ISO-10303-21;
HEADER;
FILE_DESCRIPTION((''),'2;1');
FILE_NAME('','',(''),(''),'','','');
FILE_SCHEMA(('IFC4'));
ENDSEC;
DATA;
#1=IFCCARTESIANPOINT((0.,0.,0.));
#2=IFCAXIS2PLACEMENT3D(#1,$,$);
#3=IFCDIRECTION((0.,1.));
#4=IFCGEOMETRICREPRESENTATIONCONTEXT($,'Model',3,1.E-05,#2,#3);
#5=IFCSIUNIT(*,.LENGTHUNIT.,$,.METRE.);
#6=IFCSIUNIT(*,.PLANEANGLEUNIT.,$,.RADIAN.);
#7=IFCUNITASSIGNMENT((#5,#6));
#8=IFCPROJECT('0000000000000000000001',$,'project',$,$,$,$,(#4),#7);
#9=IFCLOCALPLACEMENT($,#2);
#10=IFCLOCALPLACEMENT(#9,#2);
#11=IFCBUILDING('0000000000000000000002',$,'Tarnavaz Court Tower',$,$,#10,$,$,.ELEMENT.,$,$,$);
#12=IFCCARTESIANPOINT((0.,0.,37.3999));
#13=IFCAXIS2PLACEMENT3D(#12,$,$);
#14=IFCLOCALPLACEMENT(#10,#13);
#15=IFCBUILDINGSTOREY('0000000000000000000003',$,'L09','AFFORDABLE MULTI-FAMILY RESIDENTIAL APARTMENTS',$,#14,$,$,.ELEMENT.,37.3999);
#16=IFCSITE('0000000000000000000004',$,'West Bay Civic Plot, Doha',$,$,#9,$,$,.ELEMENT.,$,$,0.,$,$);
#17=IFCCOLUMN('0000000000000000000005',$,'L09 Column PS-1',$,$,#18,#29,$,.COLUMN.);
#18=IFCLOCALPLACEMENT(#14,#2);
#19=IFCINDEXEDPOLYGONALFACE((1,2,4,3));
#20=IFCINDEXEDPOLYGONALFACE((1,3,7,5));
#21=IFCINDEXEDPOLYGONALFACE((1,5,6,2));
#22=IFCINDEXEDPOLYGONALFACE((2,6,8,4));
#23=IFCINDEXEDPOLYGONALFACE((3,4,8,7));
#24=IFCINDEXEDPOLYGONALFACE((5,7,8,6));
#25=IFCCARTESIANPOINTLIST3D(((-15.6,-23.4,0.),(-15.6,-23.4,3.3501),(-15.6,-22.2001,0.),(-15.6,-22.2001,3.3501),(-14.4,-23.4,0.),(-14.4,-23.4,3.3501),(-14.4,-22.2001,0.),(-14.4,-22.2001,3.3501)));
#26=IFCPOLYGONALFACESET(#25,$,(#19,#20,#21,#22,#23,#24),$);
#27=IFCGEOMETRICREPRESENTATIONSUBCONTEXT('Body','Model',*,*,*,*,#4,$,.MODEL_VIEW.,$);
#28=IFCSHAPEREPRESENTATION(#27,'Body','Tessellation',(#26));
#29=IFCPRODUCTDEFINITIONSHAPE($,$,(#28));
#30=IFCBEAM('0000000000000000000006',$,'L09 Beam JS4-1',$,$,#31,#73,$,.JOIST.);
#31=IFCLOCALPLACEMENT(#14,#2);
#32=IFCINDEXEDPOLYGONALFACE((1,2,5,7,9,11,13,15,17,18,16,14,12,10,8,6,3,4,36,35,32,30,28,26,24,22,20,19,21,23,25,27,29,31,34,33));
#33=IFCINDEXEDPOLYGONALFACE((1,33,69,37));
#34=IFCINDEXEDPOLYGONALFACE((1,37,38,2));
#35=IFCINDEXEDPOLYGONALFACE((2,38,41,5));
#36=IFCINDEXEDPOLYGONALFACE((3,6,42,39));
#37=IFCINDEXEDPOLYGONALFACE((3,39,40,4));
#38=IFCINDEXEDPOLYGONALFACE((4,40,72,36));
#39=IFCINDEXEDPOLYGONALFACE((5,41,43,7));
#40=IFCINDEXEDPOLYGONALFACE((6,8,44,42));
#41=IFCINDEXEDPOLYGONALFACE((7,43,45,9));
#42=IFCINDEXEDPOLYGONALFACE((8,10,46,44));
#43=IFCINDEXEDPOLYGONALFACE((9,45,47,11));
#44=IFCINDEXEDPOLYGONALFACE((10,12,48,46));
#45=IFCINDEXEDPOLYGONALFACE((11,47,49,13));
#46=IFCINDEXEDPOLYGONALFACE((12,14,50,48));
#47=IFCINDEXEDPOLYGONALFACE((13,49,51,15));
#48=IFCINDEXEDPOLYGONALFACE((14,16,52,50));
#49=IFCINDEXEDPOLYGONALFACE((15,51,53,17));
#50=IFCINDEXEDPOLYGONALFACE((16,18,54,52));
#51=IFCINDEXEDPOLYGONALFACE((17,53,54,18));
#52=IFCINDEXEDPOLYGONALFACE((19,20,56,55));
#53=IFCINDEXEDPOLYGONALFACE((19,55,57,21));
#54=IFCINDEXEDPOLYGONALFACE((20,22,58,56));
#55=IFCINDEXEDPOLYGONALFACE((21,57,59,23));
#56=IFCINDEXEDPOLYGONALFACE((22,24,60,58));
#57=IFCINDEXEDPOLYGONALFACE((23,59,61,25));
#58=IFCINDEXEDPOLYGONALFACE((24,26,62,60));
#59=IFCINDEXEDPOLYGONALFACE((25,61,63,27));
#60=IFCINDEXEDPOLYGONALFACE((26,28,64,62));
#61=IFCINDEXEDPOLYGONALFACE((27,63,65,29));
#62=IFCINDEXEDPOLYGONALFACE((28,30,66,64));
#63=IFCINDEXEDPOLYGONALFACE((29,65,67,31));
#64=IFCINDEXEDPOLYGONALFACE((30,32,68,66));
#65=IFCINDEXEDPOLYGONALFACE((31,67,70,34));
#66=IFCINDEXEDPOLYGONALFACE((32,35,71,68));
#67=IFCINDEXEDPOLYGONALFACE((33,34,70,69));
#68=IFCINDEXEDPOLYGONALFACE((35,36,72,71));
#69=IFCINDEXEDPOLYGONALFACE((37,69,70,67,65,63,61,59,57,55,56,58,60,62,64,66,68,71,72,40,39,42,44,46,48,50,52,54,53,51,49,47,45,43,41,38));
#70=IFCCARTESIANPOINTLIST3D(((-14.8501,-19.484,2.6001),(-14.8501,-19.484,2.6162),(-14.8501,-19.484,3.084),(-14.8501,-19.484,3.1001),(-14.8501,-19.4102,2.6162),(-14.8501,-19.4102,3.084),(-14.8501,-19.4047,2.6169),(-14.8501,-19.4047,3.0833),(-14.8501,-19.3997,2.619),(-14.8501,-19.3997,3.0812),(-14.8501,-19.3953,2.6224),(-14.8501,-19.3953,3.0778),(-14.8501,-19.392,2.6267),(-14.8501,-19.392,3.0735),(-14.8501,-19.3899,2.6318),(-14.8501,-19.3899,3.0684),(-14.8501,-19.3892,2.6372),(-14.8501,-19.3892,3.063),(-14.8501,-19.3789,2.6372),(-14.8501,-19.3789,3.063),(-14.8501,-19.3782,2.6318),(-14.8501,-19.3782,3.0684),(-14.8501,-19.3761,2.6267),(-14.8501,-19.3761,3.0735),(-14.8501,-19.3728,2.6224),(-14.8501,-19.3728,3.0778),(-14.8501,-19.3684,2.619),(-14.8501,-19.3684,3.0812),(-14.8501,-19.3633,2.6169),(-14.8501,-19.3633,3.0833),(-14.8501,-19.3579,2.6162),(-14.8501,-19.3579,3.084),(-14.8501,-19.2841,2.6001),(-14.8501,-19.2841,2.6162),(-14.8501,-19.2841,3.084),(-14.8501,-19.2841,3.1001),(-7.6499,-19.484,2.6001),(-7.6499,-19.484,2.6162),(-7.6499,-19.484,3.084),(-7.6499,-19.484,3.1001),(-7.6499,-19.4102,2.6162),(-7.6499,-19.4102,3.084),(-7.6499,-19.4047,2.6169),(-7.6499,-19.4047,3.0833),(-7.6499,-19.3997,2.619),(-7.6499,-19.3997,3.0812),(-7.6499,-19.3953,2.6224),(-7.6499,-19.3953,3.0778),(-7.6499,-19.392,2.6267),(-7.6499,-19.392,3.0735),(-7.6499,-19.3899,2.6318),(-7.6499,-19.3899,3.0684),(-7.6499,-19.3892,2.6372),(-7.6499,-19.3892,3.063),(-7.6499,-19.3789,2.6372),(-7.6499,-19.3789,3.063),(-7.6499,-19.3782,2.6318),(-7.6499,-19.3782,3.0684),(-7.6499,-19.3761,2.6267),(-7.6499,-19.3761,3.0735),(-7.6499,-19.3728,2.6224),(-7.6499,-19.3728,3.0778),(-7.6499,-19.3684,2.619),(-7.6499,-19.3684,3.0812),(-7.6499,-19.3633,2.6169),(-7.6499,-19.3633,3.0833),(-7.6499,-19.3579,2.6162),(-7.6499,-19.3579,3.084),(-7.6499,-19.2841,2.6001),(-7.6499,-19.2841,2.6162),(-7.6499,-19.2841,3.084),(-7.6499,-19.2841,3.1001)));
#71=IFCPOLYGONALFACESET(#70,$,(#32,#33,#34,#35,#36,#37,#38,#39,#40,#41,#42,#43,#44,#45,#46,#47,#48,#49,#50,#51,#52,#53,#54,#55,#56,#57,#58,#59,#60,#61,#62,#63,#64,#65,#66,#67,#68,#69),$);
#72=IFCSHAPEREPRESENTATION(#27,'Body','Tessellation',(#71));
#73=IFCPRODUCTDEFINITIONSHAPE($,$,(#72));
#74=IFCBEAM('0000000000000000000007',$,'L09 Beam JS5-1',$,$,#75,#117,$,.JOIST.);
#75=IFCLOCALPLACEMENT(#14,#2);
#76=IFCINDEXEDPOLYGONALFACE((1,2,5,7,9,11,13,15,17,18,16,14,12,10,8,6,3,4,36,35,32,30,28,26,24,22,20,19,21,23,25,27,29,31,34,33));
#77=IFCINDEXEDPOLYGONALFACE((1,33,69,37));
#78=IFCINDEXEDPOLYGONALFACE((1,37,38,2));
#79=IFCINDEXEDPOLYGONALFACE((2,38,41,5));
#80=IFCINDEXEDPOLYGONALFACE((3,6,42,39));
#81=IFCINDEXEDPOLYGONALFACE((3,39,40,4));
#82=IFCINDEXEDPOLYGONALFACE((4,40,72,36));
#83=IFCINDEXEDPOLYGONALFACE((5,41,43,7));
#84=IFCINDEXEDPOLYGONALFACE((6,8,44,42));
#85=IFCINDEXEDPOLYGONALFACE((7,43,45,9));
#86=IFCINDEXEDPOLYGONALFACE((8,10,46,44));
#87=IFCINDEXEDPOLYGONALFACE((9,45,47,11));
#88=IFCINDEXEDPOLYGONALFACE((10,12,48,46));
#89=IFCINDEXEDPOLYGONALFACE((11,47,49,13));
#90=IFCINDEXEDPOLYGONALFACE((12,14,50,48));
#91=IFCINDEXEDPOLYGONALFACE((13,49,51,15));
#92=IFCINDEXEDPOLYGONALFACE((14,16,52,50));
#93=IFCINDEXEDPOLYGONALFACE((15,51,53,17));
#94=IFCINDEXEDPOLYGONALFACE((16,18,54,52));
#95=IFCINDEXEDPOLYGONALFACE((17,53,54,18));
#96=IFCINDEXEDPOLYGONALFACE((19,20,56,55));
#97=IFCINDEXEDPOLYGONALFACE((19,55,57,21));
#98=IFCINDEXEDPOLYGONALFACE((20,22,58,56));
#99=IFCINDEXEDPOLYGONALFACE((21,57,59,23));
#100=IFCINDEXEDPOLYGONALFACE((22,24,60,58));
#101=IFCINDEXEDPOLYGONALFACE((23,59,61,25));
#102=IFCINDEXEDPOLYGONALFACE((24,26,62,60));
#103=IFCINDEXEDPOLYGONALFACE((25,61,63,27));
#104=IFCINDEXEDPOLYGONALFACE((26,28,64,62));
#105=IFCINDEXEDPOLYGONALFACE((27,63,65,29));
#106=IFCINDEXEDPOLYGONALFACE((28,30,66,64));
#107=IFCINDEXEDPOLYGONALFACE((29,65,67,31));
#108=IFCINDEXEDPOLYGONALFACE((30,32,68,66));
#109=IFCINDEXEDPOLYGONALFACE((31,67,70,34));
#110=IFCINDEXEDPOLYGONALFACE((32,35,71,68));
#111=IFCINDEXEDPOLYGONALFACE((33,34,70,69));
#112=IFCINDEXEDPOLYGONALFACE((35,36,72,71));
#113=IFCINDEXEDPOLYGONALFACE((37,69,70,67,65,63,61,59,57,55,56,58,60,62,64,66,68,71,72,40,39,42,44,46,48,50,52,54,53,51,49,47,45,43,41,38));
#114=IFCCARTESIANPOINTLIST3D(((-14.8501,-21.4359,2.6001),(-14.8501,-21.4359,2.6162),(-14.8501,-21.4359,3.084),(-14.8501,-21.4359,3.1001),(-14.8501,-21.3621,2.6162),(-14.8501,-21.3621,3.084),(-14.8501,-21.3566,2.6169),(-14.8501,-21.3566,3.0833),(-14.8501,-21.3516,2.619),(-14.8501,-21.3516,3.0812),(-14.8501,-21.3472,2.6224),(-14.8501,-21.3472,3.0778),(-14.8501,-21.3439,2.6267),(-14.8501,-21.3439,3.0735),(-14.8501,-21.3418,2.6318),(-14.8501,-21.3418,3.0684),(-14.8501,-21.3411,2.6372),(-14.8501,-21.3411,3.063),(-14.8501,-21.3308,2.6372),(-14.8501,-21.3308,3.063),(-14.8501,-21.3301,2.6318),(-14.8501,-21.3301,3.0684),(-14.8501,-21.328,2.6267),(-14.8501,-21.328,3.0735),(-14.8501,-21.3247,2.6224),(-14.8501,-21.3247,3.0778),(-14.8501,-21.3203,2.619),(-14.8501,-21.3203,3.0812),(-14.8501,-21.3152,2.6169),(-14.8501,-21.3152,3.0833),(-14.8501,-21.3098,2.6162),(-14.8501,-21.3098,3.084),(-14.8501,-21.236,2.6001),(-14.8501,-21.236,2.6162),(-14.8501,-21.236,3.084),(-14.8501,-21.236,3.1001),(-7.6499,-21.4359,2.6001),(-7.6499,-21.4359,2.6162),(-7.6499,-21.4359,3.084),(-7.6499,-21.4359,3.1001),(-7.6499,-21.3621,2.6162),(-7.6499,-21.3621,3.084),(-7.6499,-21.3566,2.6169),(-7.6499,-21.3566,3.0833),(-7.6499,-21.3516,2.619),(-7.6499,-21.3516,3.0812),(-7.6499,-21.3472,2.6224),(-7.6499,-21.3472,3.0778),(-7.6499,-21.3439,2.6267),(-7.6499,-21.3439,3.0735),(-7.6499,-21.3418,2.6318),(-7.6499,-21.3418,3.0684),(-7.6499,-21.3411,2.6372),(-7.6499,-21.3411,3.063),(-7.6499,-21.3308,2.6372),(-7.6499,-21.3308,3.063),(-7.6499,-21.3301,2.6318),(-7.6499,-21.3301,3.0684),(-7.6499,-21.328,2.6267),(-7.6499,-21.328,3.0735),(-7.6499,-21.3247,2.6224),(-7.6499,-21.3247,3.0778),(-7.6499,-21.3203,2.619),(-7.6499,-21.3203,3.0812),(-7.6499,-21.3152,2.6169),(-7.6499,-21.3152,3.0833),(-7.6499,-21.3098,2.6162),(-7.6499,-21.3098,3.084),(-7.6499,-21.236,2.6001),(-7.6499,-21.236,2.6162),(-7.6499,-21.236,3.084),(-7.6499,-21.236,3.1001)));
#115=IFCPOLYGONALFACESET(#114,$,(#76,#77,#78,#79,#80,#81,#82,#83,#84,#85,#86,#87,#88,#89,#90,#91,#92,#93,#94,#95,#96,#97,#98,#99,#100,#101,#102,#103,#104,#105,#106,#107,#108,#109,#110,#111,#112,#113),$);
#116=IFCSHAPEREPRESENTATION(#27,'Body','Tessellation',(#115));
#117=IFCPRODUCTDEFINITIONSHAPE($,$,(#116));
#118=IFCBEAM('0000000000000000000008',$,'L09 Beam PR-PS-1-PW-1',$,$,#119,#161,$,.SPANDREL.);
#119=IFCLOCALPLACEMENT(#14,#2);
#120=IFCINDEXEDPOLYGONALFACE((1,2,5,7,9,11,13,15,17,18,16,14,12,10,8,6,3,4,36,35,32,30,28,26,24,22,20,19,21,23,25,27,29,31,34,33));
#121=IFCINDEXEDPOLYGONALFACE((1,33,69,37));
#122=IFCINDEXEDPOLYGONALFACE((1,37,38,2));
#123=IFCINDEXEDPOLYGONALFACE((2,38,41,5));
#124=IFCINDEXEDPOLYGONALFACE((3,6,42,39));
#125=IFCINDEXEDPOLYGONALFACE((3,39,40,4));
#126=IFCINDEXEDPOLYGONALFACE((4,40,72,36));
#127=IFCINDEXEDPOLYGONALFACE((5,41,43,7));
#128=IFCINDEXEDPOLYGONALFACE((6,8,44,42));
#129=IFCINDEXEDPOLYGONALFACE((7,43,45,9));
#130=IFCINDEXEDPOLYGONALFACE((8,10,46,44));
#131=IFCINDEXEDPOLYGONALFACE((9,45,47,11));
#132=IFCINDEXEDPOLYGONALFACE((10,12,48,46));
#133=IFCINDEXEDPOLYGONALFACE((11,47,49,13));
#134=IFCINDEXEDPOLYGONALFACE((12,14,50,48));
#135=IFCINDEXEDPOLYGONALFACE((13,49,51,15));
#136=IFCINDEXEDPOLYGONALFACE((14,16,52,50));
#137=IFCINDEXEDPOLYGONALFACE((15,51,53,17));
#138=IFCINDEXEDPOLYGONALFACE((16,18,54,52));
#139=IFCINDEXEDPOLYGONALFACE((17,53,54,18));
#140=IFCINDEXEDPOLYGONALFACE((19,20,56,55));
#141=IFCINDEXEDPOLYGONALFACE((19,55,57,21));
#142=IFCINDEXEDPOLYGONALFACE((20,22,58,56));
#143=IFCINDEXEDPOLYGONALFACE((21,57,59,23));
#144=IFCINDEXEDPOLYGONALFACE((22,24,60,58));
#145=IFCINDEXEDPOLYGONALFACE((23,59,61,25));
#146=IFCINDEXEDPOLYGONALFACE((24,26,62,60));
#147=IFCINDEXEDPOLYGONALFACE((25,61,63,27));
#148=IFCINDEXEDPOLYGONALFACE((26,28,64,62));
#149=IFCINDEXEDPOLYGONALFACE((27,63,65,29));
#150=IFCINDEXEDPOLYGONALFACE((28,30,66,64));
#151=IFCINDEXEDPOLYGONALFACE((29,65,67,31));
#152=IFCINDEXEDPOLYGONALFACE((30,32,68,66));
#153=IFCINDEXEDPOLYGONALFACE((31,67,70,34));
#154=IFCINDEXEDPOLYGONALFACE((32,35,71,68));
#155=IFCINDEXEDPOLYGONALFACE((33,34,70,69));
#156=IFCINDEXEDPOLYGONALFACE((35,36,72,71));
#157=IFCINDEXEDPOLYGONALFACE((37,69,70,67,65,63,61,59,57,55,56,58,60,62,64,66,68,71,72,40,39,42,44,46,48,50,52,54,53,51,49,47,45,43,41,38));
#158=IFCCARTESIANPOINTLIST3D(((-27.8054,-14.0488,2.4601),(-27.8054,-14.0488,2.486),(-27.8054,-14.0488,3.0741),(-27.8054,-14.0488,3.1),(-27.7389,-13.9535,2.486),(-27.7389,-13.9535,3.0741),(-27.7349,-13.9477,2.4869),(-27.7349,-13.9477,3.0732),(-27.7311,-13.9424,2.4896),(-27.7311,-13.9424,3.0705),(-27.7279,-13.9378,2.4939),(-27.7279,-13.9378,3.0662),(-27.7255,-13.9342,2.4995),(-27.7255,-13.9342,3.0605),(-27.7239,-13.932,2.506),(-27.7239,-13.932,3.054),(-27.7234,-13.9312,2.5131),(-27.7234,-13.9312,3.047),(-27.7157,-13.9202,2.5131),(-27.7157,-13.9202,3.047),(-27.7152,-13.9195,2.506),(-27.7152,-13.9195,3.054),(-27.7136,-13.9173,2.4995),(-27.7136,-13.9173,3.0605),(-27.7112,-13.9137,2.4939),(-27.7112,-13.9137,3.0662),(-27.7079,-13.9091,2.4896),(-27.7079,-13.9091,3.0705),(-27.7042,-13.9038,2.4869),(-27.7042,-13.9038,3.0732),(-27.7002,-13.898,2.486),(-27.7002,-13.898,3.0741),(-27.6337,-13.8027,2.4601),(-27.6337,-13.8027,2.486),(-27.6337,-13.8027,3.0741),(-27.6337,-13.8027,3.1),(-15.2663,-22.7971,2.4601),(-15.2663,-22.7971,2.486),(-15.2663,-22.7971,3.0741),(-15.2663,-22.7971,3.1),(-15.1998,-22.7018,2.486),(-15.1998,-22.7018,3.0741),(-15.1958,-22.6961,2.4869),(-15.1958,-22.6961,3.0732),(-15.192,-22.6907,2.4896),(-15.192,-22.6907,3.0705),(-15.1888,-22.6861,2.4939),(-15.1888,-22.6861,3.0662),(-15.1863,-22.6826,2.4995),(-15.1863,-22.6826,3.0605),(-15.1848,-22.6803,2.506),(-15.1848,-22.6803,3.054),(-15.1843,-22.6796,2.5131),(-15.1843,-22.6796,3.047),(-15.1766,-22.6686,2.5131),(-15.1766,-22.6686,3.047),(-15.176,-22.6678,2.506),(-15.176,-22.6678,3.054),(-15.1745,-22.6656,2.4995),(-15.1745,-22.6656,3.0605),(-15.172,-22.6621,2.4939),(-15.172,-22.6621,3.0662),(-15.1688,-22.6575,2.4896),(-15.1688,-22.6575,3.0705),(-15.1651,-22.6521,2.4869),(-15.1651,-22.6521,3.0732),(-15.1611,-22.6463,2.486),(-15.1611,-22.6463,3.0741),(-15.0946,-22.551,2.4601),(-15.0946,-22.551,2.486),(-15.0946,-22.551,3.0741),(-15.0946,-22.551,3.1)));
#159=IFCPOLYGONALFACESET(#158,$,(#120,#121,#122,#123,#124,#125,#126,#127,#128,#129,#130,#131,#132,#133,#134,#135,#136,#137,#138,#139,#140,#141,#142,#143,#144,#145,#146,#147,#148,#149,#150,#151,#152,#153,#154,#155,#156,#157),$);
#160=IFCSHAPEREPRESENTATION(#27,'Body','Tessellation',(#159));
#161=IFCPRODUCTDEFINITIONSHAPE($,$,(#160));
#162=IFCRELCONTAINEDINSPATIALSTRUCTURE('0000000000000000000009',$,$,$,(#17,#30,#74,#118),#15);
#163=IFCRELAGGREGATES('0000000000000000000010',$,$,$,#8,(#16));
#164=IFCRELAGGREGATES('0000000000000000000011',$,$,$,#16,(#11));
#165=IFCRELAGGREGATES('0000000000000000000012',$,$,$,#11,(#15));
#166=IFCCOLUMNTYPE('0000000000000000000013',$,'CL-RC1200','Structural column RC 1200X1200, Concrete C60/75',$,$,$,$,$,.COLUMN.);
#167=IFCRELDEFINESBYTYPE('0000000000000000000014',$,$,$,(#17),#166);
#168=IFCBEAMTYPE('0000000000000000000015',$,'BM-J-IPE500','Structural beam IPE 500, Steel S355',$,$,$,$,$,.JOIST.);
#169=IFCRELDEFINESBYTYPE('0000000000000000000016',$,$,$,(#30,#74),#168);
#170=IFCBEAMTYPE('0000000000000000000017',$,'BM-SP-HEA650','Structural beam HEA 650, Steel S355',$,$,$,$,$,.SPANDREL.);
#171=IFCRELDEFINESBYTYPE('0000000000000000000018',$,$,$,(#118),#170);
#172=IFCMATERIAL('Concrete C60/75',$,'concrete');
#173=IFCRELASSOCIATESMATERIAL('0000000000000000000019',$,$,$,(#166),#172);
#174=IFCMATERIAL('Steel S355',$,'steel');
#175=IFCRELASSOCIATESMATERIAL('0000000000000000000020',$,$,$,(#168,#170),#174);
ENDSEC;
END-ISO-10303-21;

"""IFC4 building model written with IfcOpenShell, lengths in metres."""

from ifc_helpers import new_model, si_unit, direction, frame, origin, origin_2d, place, context, subcontext, project, spatial, rectangle, i_section, extrude, material, material_profile, profile_set, type_object, element, save


model = new_model("IFC4")

# Units and contexts
model_context = context("Model", 3, precision=1e-05, world=origin(), true_north=direction((0.0, 1.0)))
body_context = subcontext(model_context, "Body", "Model", "MODEL_VIEW")
ifc_project = project(units=[si_unit("LENGTHUNIT", "METRE"), si_unit("PLANEANGLEUNIT", "RADIAN")], contexts=[model_context])

# Site, building, storey
site_placement = place(None, origin())
site = spatial("IfcSite", under=ifc_project, at=site_placement, Name="West Bay Civic Plot, Doha", CompositionType="ELEMENT", RefElevation=0.0)
building_placement = place(site_placement, origin())
building = spatial("IfcBuilding", under=site, at=building_placement, Name="Tarnavaz Court Tower", CompositionType="ELEMENT")
storey_placement = place(building_placement, frame((0.0, 0.0, 37.3999)))
storey = spatial("IfcBuildingStorey", under=building, at=storey_placement, Name="L09", Description="AFFORDABLE MULTI-FAMILY RESIDENTIAL APARTMENTS", CompositionType="ELEMENT", Elevation=37.3999)

# Column
ifc_material_1 = material(Name="Concrete C60/75", Category="concrete")
ifc_material_profile_1 = material_profile(ifc_material_1, rectangle(XDim=1.2, YDim=1.2, at=origin_2d()), Name="RC 1200X1200")
ifc_profile_set_1 = profile_set([ifc_material_profile_1], Name="Concrete C60/75")
column_type = type_object("IfcColumnType", Name="CL-RC1200", Description="Structural column RC 1200X1200, Concrete C60/75", PredefinedType="COLUMN", material=ifc_profile_set_1)
column_placement = place(storey_placement, frame((-15.0, -22.8, 0.0), z_axis=(0.0, 0.0, 1.0), x_axis=(1.0, 0.0, 0.0)))
element("IfcColumn", 1, at=column_placement, inside=storey, type_object=column_type, Name="L09 Column PS-1", PredefinedType="COLUMN", context=body_context, shape_type="SweptSolid", body=[
    extrude(rectangle(XDim=1.2, YDim=1.2, at=origin_2d()), origin(), (0.0, 0.0, 1.0), 3.3501),
])

# Beams
ifc_material_2 = material(Name="Steel S355", Category="steel")
ifc_material_profile_2 = material_profile(ifc_material_2, i_section(OverallWidth=0.2, OverallDepth=0.5, WebThickness=0.0103, FlangeThickness=0.0161, FilletRadius=0.021, at=origin_2d()), Name="IPE 500")
ifc_profile_set_2 = profile_set([ifc_material_profile_2], Name="Steel S355")
beam_type_1 = type_object("IfcBeamType", Name="BM-J-IPE500", Description="Structural beam IPE 500, Steel S355", PredefinedType="JOIST", material=ifc_profile_set_2)
for number, where, z_axis, x_axis, name in (
    (2, (-14.8501, -19.384, 2.8501), (1.0, 0.0, 0.0), (0.0, 1.0, 0.0), "L09 Beam JS4-1"),
    (3, (-14.8501, -21.3359, 2.8501), (1.0, 0.0, 0.0), (0.0, 1.0, 0.0), "L09 Beam JS5-1"),
):
    element("IfcBeam", number, at=place(storey_placement, frame(where, z_axis=z_axis, x_axis=x_axis)), inside=storey, type_object=beam_type_1, Name=name, PredefinedType="JOIST", context=body_context, shape_type="SweptSolid", body=[
        extrude(i_section(OverallWidth=0.2, OverallDepth=0.5, WebThickness=0.0103, FlangeThickness=0.0161, FilletRadius=0.021, at=origin_2d()), origin(), (0.0, 0.0, 1.0), 7.2002),
    ])
ifc_material_profile_3 = material_profile(ifc_material_2, i_section(OverallWidth=0.3, OverallDepth=0.6399, WebThickness=0.0134, FlangeThickness=0.0259, FilletRadius=0.0271, at=origin_2d()), Name="HEA 650")
ifc_profile_set_3 = profile_set([ifc_material_profile_3], Name="Steel S355")
beam_type_2 = type_object("IfcBeamType", Name="BM-SP-HEA650", Description="Structural beam HEA 650, Steel S355", PredefinedType="SPANDREL", material=ifc_profile_set_3)
beam_placement = place(storey_placement, frame((-15.1804, -22.6741, 2.78), z_axis=(-0.820124, 0.572186, 0.0), x_axis=(-0.572186, -0.820124, 0.0)))
element("IfcBeam", 4, at=beam_placement, inside=storey, type_object=beam_type_2, Name="L09 Beam PR-PS-1-PW-1", PredefinedType="SPANDREL", context=body_context, shape_type="SweptSolid", body=[
    extrude(i_section(OverallWidth=0.3, OverallDepth=0.6399, WebThickness=0.0134, FlangeThickness=0.0259, FilletRadius=0.0271, at=origin_2d()), origin(), (0.0, 0.0, 1.0), 15.2893),
])

save(model, "model.ifc")
